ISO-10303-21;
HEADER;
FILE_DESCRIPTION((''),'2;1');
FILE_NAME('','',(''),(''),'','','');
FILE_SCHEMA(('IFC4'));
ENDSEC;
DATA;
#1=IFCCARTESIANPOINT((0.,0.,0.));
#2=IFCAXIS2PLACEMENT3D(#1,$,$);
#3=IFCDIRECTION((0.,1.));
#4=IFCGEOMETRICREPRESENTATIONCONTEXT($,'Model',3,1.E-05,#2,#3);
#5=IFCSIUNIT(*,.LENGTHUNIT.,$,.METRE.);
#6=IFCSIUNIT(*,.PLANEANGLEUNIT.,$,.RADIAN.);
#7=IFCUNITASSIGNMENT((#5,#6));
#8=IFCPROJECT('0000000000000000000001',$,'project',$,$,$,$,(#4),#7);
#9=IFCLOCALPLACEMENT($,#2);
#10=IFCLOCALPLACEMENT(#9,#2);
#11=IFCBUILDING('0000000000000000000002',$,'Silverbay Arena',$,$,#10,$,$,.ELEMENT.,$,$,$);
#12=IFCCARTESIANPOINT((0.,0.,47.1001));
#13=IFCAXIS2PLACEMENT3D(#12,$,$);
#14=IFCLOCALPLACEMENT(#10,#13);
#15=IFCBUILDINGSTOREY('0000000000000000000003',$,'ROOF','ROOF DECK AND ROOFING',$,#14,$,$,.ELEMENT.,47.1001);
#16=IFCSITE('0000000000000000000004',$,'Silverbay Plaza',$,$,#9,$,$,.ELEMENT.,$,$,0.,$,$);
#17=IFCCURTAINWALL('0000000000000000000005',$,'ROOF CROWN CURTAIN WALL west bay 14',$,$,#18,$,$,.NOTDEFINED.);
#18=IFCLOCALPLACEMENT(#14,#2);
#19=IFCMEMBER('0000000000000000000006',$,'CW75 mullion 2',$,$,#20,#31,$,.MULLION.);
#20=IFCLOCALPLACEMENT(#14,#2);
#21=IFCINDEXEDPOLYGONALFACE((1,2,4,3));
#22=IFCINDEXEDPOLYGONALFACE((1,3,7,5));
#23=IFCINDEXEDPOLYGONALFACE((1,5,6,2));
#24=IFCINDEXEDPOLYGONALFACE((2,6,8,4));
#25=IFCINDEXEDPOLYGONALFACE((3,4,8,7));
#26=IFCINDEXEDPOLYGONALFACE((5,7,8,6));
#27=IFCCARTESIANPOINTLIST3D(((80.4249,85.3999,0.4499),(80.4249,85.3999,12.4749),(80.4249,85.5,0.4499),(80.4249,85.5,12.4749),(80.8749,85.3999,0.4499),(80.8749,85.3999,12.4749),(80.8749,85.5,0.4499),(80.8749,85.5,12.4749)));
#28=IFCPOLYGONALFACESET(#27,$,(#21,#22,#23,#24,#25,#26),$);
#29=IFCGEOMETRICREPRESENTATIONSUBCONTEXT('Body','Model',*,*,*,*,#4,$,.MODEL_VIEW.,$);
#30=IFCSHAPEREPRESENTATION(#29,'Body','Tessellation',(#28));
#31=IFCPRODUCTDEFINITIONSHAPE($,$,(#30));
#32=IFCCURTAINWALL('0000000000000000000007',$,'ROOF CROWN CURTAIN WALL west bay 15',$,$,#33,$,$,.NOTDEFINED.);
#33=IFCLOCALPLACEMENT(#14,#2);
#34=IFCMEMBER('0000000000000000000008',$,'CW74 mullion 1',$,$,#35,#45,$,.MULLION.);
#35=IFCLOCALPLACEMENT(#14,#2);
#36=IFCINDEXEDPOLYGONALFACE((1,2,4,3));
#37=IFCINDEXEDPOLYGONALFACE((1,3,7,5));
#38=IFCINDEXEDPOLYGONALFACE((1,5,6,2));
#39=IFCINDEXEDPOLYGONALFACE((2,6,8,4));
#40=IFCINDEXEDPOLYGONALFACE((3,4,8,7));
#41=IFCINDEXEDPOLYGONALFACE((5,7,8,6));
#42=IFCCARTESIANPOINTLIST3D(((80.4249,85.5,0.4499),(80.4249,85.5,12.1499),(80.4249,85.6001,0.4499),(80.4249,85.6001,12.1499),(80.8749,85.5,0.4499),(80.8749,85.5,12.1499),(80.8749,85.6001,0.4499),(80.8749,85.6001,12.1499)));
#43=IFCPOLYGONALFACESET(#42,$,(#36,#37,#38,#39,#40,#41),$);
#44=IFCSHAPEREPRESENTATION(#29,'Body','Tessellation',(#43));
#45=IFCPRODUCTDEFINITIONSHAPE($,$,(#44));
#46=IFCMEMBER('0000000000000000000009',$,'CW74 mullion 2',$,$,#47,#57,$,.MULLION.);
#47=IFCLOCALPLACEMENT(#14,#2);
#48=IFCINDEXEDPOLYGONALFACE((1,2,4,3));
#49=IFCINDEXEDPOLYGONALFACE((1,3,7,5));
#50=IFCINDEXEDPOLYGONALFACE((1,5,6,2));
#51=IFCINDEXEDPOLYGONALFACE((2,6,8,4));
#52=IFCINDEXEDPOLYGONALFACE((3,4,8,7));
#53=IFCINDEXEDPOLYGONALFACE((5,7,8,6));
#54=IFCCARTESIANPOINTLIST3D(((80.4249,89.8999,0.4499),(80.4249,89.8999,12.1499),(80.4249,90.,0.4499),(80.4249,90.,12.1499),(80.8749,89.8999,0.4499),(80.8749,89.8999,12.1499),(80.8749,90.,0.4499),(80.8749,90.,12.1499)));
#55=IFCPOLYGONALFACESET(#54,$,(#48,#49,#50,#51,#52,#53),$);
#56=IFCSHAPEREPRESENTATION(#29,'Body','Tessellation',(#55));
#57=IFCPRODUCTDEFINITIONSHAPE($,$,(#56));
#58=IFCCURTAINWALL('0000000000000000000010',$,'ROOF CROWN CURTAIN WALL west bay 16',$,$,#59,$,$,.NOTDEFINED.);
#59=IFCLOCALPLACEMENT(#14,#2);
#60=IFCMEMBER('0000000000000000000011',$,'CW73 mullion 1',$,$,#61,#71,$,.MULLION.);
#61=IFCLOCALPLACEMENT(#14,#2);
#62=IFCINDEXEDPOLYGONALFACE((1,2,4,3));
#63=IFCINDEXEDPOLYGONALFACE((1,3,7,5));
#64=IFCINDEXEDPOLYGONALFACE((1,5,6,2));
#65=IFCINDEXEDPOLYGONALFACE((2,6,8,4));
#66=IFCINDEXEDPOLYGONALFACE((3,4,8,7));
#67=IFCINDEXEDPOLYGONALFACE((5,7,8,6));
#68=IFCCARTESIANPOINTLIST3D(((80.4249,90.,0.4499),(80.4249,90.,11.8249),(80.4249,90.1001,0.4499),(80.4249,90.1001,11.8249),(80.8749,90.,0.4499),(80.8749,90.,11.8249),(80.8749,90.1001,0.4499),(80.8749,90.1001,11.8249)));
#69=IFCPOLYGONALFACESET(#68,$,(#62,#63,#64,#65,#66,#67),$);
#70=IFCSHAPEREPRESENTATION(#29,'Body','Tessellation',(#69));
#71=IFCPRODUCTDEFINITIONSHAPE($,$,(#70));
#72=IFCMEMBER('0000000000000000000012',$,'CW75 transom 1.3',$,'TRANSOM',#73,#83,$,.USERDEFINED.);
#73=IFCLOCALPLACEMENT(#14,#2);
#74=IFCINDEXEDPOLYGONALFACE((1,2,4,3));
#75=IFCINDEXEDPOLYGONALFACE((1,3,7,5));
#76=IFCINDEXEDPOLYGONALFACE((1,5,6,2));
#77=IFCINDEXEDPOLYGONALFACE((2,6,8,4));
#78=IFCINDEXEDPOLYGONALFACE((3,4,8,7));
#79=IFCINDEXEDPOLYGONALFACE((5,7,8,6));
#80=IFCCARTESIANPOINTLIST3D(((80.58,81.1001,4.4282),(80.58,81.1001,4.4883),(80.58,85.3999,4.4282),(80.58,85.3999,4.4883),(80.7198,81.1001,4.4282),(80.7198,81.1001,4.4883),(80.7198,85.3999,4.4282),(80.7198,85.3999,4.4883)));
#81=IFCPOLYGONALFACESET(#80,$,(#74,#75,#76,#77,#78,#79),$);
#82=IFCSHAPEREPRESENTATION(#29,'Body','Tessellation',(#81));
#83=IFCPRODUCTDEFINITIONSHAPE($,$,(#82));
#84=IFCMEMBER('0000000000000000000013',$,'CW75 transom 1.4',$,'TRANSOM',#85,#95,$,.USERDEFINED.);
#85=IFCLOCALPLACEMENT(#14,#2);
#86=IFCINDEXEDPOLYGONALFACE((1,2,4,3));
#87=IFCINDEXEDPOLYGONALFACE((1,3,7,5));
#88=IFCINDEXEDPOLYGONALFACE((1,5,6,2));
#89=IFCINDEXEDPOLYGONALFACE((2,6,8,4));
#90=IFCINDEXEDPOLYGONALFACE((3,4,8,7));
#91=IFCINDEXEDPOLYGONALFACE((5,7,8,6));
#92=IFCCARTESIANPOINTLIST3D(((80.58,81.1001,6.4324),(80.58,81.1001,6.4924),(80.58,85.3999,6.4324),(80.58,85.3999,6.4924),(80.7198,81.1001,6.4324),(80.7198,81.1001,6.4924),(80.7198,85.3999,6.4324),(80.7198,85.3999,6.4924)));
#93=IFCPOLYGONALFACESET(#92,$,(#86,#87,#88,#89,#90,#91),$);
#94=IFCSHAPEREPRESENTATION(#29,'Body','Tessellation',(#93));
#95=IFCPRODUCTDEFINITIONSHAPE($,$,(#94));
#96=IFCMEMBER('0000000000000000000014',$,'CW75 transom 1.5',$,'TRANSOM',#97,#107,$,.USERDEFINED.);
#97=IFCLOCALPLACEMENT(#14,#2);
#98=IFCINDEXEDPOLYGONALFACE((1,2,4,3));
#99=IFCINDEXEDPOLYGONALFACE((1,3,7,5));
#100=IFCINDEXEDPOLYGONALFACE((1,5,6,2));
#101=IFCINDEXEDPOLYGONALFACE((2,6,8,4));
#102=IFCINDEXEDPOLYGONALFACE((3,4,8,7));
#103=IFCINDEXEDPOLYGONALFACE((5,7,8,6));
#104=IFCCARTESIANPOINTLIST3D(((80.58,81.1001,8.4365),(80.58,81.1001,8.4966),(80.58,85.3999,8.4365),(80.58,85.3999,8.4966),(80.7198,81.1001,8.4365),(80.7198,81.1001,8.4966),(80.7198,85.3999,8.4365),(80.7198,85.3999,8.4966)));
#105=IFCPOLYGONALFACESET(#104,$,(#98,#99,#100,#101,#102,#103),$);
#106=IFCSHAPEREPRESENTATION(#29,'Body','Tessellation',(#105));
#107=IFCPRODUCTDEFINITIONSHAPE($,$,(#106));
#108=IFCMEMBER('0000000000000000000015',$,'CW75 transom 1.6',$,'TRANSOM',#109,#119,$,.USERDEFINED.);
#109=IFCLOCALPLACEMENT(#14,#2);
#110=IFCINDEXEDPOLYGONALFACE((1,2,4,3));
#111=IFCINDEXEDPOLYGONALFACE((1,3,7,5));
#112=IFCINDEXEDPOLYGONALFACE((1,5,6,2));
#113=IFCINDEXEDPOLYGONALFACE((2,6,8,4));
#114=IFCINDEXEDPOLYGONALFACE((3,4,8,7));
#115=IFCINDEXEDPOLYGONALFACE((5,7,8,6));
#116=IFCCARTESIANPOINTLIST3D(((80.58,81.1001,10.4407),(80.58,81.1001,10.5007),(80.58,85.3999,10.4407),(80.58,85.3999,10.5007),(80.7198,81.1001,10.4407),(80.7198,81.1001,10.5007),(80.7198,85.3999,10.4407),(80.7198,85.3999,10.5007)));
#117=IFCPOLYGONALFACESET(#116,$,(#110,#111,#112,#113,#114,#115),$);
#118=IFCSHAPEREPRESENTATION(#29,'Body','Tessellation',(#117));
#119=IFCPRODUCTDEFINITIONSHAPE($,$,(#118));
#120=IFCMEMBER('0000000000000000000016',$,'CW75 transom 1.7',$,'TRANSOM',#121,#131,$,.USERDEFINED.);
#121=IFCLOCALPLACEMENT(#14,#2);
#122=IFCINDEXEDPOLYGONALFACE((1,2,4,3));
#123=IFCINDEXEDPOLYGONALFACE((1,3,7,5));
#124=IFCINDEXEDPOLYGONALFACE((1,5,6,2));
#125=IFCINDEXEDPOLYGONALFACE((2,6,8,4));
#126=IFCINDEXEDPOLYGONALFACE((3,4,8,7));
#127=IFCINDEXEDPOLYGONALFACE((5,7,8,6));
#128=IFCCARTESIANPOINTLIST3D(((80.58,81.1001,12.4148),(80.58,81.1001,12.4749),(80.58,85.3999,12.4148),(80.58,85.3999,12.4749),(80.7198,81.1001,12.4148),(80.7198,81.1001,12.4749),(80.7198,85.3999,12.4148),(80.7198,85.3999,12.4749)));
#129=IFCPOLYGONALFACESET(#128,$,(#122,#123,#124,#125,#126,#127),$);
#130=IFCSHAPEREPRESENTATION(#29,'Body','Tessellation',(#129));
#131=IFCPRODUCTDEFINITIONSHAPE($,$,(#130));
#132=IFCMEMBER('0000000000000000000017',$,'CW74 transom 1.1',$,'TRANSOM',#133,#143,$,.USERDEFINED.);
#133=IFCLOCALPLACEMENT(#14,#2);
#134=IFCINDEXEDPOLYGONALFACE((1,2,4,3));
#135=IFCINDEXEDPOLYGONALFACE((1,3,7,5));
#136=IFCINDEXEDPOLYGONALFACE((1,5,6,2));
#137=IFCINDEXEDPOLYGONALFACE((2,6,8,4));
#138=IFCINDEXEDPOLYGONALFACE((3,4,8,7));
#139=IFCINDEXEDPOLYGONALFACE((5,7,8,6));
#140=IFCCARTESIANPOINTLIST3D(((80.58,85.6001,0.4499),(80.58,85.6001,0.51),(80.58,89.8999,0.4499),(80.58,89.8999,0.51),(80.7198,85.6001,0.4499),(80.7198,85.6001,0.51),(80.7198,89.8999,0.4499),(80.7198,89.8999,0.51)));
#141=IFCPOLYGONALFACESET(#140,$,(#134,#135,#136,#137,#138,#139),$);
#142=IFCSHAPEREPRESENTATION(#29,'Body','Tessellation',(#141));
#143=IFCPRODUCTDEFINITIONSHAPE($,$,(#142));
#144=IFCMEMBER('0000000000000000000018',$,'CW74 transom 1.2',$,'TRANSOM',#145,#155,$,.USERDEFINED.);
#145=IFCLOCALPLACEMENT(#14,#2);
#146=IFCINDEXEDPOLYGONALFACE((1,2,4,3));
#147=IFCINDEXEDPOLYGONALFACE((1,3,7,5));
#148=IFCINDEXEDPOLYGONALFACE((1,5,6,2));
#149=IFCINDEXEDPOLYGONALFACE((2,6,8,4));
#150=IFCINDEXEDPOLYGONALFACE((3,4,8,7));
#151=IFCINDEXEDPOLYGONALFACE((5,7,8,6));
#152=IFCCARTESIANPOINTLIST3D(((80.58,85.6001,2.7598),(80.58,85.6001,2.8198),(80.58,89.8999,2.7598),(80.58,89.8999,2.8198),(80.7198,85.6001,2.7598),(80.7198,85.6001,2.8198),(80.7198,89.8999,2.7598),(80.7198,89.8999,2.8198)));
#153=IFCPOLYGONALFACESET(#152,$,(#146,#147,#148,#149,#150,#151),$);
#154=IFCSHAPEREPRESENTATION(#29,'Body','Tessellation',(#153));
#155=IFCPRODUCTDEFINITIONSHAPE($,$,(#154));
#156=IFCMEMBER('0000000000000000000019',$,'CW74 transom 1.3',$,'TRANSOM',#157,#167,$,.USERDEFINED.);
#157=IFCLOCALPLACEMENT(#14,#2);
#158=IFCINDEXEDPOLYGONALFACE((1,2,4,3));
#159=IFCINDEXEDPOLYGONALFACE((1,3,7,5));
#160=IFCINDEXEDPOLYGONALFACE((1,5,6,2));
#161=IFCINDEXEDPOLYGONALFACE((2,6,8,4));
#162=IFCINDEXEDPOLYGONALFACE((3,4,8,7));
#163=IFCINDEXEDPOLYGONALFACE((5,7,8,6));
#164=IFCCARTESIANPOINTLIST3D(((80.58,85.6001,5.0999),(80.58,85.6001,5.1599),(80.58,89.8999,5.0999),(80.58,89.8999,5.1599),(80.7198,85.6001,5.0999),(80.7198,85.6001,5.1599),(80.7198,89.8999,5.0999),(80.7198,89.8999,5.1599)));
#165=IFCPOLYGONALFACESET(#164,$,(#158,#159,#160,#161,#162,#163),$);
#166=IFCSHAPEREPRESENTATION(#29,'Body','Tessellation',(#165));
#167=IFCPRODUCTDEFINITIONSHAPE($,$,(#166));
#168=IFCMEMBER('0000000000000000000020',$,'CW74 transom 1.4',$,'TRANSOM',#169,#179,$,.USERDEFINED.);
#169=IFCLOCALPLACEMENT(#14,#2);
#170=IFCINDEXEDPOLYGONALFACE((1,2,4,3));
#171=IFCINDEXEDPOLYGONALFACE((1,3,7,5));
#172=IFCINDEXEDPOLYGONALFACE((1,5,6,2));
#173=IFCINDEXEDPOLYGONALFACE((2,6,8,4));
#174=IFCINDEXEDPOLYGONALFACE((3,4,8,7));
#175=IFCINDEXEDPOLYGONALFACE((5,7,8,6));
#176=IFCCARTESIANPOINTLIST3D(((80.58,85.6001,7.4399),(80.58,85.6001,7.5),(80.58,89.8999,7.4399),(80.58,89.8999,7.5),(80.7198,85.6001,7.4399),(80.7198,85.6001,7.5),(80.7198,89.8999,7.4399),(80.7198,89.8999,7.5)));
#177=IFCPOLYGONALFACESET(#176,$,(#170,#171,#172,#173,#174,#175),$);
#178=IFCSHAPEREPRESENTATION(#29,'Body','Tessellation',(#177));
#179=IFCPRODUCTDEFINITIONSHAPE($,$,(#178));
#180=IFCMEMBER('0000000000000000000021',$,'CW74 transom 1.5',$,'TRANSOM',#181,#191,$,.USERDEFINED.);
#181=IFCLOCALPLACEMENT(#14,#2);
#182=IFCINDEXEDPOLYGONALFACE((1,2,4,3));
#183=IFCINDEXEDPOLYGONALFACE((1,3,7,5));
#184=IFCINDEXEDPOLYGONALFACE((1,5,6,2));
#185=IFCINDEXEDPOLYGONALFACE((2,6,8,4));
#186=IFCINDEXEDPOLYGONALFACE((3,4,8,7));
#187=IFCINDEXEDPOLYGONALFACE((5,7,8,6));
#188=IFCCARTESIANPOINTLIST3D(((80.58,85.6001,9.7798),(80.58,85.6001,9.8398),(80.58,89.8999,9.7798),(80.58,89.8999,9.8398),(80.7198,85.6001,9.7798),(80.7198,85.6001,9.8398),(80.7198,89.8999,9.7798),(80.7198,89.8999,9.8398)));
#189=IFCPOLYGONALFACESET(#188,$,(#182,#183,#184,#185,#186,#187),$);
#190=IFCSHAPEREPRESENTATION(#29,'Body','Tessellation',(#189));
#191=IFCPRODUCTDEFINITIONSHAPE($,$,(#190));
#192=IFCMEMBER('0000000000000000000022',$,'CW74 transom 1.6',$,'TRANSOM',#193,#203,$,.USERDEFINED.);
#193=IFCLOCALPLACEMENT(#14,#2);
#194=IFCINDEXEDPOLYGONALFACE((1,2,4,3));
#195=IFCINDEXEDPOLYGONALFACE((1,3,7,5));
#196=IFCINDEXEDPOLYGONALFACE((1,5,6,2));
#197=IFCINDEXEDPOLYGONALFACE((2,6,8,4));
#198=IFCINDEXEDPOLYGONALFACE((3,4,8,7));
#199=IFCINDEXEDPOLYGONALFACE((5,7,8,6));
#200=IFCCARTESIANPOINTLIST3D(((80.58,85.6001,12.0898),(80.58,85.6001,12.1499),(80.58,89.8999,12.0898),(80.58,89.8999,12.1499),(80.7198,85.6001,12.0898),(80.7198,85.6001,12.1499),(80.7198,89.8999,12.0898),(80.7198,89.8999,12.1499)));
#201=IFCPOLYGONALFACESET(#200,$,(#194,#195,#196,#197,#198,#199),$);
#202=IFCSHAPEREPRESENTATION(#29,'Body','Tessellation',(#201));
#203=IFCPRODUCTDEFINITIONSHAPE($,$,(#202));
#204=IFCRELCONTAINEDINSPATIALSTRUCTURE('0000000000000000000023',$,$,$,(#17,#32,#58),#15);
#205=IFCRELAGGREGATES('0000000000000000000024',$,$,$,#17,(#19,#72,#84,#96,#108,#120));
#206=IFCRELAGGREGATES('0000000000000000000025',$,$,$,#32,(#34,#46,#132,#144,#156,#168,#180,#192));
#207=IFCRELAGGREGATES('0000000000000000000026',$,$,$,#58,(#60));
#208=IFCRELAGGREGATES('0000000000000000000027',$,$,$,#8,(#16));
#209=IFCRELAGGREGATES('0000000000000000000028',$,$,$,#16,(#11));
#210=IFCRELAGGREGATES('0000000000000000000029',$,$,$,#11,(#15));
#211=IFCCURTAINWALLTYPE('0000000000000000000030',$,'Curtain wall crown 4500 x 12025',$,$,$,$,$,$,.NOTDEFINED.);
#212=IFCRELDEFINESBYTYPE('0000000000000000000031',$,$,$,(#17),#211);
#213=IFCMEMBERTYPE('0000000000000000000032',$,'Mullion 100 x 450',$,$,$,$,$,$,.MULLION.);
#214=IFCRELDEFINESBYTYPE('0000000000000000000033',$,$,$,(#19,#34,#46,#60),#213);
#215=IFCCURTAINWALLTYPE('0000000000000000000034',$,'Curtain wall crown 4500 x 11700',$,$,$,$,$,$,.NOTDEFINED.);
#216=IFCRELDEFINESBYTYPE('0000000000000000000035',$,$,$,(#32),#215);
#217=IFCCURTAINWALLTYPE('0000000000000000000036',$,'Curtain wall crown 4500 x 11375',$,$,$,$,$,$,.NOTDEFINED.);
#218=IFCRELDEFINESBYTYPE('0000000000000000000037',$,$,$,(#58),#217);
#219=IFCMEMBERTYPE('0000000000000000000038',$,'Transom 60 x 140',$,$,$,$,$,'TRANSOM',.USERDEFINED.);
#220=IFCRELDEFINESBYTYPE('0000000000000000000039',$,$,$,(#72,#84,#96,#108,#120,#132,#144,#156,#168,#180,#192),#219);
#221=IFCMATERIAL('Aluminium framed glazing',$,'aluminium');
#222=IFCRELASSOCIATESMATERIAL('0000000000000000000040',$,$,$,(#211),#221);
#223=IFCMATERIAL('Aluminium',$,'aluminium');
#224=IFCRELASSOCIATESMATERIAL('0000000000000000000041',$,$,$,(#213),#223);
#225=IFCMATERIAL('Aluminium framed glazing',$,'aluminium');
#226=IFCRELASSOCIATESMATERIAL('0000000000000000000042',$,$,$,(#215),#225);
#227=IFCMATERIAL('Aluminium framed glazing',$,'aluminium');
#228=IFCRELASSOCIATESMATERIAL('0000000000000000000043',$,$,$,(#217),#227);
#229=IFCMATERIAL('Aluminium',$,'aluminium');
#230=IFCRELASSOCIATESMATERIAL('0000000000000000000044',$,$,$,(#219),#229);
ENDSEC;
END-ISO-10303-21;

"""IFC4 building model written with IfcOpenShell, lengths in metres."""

from ifc_helpers import new_model, si_unit, direction, frame, origin, origin_2d, place, context, subcontext, project, spatial, rectangle, extrude, material, material_profile, profile_set, type_object, element, aggregate, save


model = new_model("IFC4")

# Units and contexts
model_context = context("Model", 3, precision=1e-05, world=origin(), true_north=direction((0.0, 1.0)))
body_context = subcontext(model_context, "Body", "Model", "MODEL_VIEW")
ifc_project = project(units=[si_unit("LENGTHUNIT", "METRE"), si_unit("PLANEANGLEUNIT", "RADIAN")], contexts=[model_context])

# Site, building, storey
site_placement = place(None, origin())
site = spatial("IfcSite", under=ifc_project, at=site_placement, Name="Silverbay Plaza", CompositionType="ELEMENT", RefElevation=0.0)
building_placement = place(site_placement, origin())
building = spatial("IfcBuilding", under=site, at=building_placement, Name="Silverbay Arena", CompositionType="ELEMENT")
storey_placement = place(building_placement, frame((0.0, 0.0, 47.1001)))
storey = spatial("IfcBuildingStorey", under=building, at=storey_placement, Name="ROOF", Description="ROOF DECK AND ROOFING", CompositionType="ELEMENT", Elevation=47.1001)

# Curtain wall, member
ifc_material_1 = material(Name="Aluminium framed glazing", Category="aluminium")
curtain_wall_type_1 = type_object("IfcCurtainWallType", Name="Curtain wall crown 4500 x 12025", PredefinedType="NOTDEFINED", material=ifc_material_1)
curtain_wall_1_placement = place(storey_placement, origin())
curtain_wall_1 = element("IfcCurtainWall", 1, at=curtain_wall_1_placement, inside=storey, type_object=curtain_wall_type_1, Name="ROOF CROWN CURTAIN WALL west bay 14", PredefinedType="NOTDEFINED")
ifc_material_2 = material(Name="Aluminium", Category="aluminium")
ifc_material_profile_1 = material_profile(ifc_material_2, rectangle(XDim=0.45, YDim=0.1001, at=origin_2d()), Name="Mullion 100 x 450")
ifc_profile_set_1 = profile_set([ifc_material_profile_1], Name="Aluminium")
member_type_1 = type_object("IfcMemberType", Name="Mullion 100 x 450", PredefinedType="MULLION", material=ifc_profile_set_1)
placement = place(building_placement, frame((0.0, 0.0, 33.5)))
member_1_placement = place(placement, frame((80.6499, 85.45, 14.05), z_axis=(0.0, 0.0, 1.0), x_axis=(-1.0, 0.0, 0.0)))
member_1 = element("IfcMember", 2, at=member_1_placement, type_object=member_type_1, Name="CW75 mullion 2", PredefinedType="MULLION", context=body_context, shape_type="SweptSolid", body=[
    extrude(rectangle(XDim=0.45, YDim=0.1001, at=origin_2d()), origin(), (0.0, 0.0, 1.0), 12.0249),
])

# Curtain wall, members
ifc_material_3 = material(Name="Aluminium framed glazing", Category="aluminium")
curtain_wall_type_2 = type_object("IfcCurtainWallType", Name="Curtain wall crown 4500 x 11700", PredefinedType="NOTDEFINED", material=ifc_material_3)
curtain_wall_2_placement = place(storey_placement, origin())
curtain_wall_2 = element("IfcCurtainWall", 3, at=curtain_wall_2_placement, inside=storey, type_object=curtain_wall_type_2, Name="ROOF CROWN CURTAIN WALL west bay 15", PredefinedType="NOTDEFINED")
member_2_placement = place(placement, frame((80.6499, 85.55, 14.05), z_axis=(0.0, 0.0, 1.0), x_axis=(-1.0, 0.0, 0.0)))
member_2 = element("IfcMember", 4, at=member_2_placement, type_object=member_type_1, Name="CW74 mullion 1", PredefinedType="MULLION", context=body_context, shape_type="SweptSolid", body=[
    extrude(rectangle(XDim=0.45, YDim=0.1001, at=origin_2d()), origin(), (0.0, 0.0, 1.0), 11.7),
])
member_3_placement = place(placement, frame((80.6499, 89.95, 14.05), z_axis=(0.0, 0.0, 1.0), x_axis=(-1.0, 0.0, 0.0)))
member_3 = element("IfcMember", 5, at=member_3_placement, type_object=member_type_1, Name="CW74 mullion 2", PredefinedType="MULLION", context=body_context, shape_type="SweptSolid", body=[
    extrude(rectangle(XDim=0.45, YDim=0.1001, at=origin_2d()), origin(), (0.0, 0.0, 1.0), 11.7),
])

# Curtain wall, member
ifc_material_4 = material(Name="Aluminium framed glazing", Category="aluminium")
curtain_wall_type_3 = type_object("IfcCurtainWallType", Name="Curtain wall crown 4500 x 11375", PredefinedType="NOTDEFINED", material=ifc_material_4)
curtain_wall_3_placement = place(storey_placement, origin())
curtain_wall_3 = element("IfcCurtainWall", 6, at=curtain_wall_3_placement, inside=storey, type_object=curtain_wall_type_3, Name="ROOF CROWN CURTAIN WALL west bay 16", PredefinedType="NOTDEFINED")
member_4_placement = place(placement, frame((80.6499, 90.05, 14.05), z_axis=(0.0, 0.0, 1.0), x_axis=(-1.0, 0.0, 0.0)))
member_4 = element("IfcMember", 7, at=member_4_placement, type_object=member_type_1, Name="CW73 mullion 1", PredefinedType="MULLION", context=body_context, shape_type="SweptSolid", body=[
    extrude(rectangle(XDim=0.45, YDim=0.1001, at=origin_2d()), origin(), (0.0, 0.0, 1.0), 11.375),
])

# Members
ifc_material_5 = material(Name="Aluminium", Category="aluminium")
ifc_material_profile_2 = material_profile(ifc_material_5, rectangle(XDim=0.1399, YDim=0.0601, at=origin_2d()), Name="Transom 60 x 140")
ifc_profile_set_2 = profile_set([ifc_material_profile_2], Name="Aluminium")
member_type_2 = type_object("IfcMemberType", Name="Transom 60 x 140", ElementType="TRANSOM", PredefinedType="USERDEFINED", material=ifc_profile_set_2)
member_5_placement = place(placement, frame((80.6499, 81.1001, 18.0583), z_axis=(0.0, 1.0, 0.0), x_axis=(-1.0, 0.0, 0.0)))
member_5 = element("IfcMember", 8, at=member_5_placement, type_object=member_type_2, Name="CW75 transom 1.3", ObjectType="TRANSOM", PredefinedType="USERDEFINED", context=body_context, shape_type="SweptSolid", body=[
    extrude(rectangle(XDim=0.1399, YDim=0.0601, at=origin_2d()), origin(), (0.0, 0.0, 1.0), 4.2998),
])
member_6_placement = place(placement, frame((80.6499, 81.1001, 20.0625), z_axis=(0.0, 1.0, 0.0), x_axis=(-1.0, 0.0, 0.0)))
member_6 = element("IfcMember", 9, at=member_6_placement, type_object=member_type_2, Name="CW75 transom 1.4", ObjectType="TRANSOM", PredefinedType="USERDEFINED", context=body_context, shape_type="SweptSolid", body=[
    extrude(rectangle(XDim=0.1399, YDim=0.0601, at=origin_2d()), origin(), (0.0, 0.0, 1.0), 4.2998),
])
member_7_placement = place(placement, frame((80.6499, 81.1001, 22.0667), z_axis=(0.0, 1.0, 0.0), x_axis=(-1.0, 0.0, 0.0)))
member_7 = element("IfcMember", 10, at=member_7_placement, type_object=member_type_2, Name="CW75 transom 1.5", ObjectType="TRANSOM", PredefinedType="USERDEFINED", context=body_context, shape_type="SweptSolid", body=[
    extrude(rectangle(XDim=0.1399, YDim=0.0601, at=origin_2d()), origin(), (0.0, 0.0, 1.0), 4.2998),
])
member_8_placement = place(placement, frame((80.6499, 81.1001, 24.0708), z_axis=(0.0, 1.0, 0.0), x_axis=(-1.0, 0.0, 0.0)))
member_8 = element("IfcMember", 11, at=member_8_placement, type_object=member_type_2, Name="CW75 transom 1.6", ObjectType="TRANSOM", PredefinedType="USERDEFINED", context=body_context, shape_type="SweptSolid", body=[
    extrude(rectangle(XDim=0.1399, YDim=0.0601, at=origin_2d()), origin(), (0.0, 0.0, 1.0), 4.2998),
])
member_9_placement = place(placement, frame((80.6499, 81.1001, 26.0449), z_axis=(0.0, 1.0, 0.0), x_axis=(-1.0, 0.0, 0.0)))
member_9 = element("IfcMember", 12, at=member_9_placement, type_object=member_type_2, Name="CW75 transom 1.7", ObjectType="TRANSOM", PredefinedType="USERDEFINED", context=body_context, shape_type="SweptSolid", body=[
    extrude(rectangle(XDim=0.1399, YDim=0.0601, at=origin_2d()), origin(), (0.0, 0.0, 1.0), 4.2998),
])
member_10_placement = place(placement, frame((80.6499, 85.6001, 14.0801), z_axis=(0.0, 1.0, 0.0), x_axis=(-1.0, 0.0, 0.0)))
member_10 = element("IfcMember", 13, at=member_10_placement, type_object=member_type_2, Name="CW74 transom 1.1", ObjectType="TRANSOM", PredefinedType="USERDEFINED", context=body_context, shape_type="SweptSolid", body=[
    extrude(rectangle(XDim=0.1399, YDim=0.0601, at=origin_2d()), origin(), (0.0, 0.0, 1.0), 4.2998),
])
member_11_placement = place(placement, frame((80.6499, 85.6001, 16.3899), z_axis=(0.0, 1.0, 0.0), x_axis=(-1.0, 0.0, 0.0)))
member_11 = element("IfcMember", 14, at=member_11_placement, type_object=member_type_2, Name="CW74 transom 1.2", ObjectType="TRANSOM", PredefinedType="USERDEFINED", context=body_context, shape_type="SweptSolid", body=[
    extrude(rectangle(XDim=0.1399, YDim=0.0601, at=origin_2d()), origin(), (0.0, 0.0, 1.0), 4.2998),
])
member_12_placement = place(placement, frame((80.6499, 85.6001, 18.73), z_axis=(0.0, 1.0, 0.0), x_axis=(-1.0, 0.0, 0.0)))
member_12 = element("IfcMember", 15, at=member_12_placement, type_object=member_type_2, Name="CW74 transom 1.3", ObjectType="TRANSOM", PredefinedType="USERDEFINED", context=body_context, shape_type="SweptSolid", body=[
    extrude(rectangle(XDim=0.1399, YDim=0.0601, at=origin_2d()), origin(), (0.0, 0.0, 1.0), 4.2998),
])
member_13_placement = place(placement, frame((80.6499, 85.6001, 21.0701), z_axis=(0.0, 1.0, 0.0), x_axis=(-1.0, 0.0, 0.0)))
member_13 = element("IfcMember", 16, at=member_13_placement, type_object=member_type_2, Name="CW74 transom 1.4", ObjectType="TRANSOM", PredefinedType="USERDEFINED", context=body_context, shape_type="SweptSolid", body=[
    extrude(rectangle(XDim=0.1399, YDim=0.0601, at=origin_2d()), origin(), (0.0, 0.0, 1.0), 4.2998),
])
member_14_placement = place(placement, frame((80.6499, 85.6001, 23.4099), z_axis=(0.0, 1.0, 0.0), x_axis=(-1.0, 0.0, 0.0)))
member_14 = element("IfcMember", 17, at=member_14_placement, type_object=member_type_2, Name="CW74 transom 1.5", ObjectType="TRANSOM", PredefinedType="USERDEFINED", context=body_context, shape_type="SweptSolid", body=[
    extrude(rectangle(XDim=0.1399, YDim=0.0601, at=origin_2d()), origin(), (0.0, 0.0, 1.0), 4.2998),
])
member_15_placement = place(placement, frame((80.6499, 85.6001, 25.72), z_axis=(0.0, 1.0, 0.0), x_axis=(-1.0, 0.0, 0.0)))
member_15 = element("IfcMember", 18, at=member_15_placement, type_object=member_type_2, Name="CW74 transom 1.6", ObjectType="TRANSOM", PredefinedType="USERDEFINED", context=body_context, shape_type="SweptSolid", body=[
    extrude(rectangle(XDim=0.1399, YDim=0.0601, at=origin_2d()), origin(), (0.0, 0.0, 1.0), 4.2998),
])

aggregate(curtain_wall_1, [member_1, member_5, member_6, member_7, member_8, member_9])
aggregate(curtain_wall_2, [member_2, member_3, member_10, member_11, member_12, member_13, member_14, member_15])
aggregate(curtain_wall_3, [member_4])

save(model, "model.ifc")
